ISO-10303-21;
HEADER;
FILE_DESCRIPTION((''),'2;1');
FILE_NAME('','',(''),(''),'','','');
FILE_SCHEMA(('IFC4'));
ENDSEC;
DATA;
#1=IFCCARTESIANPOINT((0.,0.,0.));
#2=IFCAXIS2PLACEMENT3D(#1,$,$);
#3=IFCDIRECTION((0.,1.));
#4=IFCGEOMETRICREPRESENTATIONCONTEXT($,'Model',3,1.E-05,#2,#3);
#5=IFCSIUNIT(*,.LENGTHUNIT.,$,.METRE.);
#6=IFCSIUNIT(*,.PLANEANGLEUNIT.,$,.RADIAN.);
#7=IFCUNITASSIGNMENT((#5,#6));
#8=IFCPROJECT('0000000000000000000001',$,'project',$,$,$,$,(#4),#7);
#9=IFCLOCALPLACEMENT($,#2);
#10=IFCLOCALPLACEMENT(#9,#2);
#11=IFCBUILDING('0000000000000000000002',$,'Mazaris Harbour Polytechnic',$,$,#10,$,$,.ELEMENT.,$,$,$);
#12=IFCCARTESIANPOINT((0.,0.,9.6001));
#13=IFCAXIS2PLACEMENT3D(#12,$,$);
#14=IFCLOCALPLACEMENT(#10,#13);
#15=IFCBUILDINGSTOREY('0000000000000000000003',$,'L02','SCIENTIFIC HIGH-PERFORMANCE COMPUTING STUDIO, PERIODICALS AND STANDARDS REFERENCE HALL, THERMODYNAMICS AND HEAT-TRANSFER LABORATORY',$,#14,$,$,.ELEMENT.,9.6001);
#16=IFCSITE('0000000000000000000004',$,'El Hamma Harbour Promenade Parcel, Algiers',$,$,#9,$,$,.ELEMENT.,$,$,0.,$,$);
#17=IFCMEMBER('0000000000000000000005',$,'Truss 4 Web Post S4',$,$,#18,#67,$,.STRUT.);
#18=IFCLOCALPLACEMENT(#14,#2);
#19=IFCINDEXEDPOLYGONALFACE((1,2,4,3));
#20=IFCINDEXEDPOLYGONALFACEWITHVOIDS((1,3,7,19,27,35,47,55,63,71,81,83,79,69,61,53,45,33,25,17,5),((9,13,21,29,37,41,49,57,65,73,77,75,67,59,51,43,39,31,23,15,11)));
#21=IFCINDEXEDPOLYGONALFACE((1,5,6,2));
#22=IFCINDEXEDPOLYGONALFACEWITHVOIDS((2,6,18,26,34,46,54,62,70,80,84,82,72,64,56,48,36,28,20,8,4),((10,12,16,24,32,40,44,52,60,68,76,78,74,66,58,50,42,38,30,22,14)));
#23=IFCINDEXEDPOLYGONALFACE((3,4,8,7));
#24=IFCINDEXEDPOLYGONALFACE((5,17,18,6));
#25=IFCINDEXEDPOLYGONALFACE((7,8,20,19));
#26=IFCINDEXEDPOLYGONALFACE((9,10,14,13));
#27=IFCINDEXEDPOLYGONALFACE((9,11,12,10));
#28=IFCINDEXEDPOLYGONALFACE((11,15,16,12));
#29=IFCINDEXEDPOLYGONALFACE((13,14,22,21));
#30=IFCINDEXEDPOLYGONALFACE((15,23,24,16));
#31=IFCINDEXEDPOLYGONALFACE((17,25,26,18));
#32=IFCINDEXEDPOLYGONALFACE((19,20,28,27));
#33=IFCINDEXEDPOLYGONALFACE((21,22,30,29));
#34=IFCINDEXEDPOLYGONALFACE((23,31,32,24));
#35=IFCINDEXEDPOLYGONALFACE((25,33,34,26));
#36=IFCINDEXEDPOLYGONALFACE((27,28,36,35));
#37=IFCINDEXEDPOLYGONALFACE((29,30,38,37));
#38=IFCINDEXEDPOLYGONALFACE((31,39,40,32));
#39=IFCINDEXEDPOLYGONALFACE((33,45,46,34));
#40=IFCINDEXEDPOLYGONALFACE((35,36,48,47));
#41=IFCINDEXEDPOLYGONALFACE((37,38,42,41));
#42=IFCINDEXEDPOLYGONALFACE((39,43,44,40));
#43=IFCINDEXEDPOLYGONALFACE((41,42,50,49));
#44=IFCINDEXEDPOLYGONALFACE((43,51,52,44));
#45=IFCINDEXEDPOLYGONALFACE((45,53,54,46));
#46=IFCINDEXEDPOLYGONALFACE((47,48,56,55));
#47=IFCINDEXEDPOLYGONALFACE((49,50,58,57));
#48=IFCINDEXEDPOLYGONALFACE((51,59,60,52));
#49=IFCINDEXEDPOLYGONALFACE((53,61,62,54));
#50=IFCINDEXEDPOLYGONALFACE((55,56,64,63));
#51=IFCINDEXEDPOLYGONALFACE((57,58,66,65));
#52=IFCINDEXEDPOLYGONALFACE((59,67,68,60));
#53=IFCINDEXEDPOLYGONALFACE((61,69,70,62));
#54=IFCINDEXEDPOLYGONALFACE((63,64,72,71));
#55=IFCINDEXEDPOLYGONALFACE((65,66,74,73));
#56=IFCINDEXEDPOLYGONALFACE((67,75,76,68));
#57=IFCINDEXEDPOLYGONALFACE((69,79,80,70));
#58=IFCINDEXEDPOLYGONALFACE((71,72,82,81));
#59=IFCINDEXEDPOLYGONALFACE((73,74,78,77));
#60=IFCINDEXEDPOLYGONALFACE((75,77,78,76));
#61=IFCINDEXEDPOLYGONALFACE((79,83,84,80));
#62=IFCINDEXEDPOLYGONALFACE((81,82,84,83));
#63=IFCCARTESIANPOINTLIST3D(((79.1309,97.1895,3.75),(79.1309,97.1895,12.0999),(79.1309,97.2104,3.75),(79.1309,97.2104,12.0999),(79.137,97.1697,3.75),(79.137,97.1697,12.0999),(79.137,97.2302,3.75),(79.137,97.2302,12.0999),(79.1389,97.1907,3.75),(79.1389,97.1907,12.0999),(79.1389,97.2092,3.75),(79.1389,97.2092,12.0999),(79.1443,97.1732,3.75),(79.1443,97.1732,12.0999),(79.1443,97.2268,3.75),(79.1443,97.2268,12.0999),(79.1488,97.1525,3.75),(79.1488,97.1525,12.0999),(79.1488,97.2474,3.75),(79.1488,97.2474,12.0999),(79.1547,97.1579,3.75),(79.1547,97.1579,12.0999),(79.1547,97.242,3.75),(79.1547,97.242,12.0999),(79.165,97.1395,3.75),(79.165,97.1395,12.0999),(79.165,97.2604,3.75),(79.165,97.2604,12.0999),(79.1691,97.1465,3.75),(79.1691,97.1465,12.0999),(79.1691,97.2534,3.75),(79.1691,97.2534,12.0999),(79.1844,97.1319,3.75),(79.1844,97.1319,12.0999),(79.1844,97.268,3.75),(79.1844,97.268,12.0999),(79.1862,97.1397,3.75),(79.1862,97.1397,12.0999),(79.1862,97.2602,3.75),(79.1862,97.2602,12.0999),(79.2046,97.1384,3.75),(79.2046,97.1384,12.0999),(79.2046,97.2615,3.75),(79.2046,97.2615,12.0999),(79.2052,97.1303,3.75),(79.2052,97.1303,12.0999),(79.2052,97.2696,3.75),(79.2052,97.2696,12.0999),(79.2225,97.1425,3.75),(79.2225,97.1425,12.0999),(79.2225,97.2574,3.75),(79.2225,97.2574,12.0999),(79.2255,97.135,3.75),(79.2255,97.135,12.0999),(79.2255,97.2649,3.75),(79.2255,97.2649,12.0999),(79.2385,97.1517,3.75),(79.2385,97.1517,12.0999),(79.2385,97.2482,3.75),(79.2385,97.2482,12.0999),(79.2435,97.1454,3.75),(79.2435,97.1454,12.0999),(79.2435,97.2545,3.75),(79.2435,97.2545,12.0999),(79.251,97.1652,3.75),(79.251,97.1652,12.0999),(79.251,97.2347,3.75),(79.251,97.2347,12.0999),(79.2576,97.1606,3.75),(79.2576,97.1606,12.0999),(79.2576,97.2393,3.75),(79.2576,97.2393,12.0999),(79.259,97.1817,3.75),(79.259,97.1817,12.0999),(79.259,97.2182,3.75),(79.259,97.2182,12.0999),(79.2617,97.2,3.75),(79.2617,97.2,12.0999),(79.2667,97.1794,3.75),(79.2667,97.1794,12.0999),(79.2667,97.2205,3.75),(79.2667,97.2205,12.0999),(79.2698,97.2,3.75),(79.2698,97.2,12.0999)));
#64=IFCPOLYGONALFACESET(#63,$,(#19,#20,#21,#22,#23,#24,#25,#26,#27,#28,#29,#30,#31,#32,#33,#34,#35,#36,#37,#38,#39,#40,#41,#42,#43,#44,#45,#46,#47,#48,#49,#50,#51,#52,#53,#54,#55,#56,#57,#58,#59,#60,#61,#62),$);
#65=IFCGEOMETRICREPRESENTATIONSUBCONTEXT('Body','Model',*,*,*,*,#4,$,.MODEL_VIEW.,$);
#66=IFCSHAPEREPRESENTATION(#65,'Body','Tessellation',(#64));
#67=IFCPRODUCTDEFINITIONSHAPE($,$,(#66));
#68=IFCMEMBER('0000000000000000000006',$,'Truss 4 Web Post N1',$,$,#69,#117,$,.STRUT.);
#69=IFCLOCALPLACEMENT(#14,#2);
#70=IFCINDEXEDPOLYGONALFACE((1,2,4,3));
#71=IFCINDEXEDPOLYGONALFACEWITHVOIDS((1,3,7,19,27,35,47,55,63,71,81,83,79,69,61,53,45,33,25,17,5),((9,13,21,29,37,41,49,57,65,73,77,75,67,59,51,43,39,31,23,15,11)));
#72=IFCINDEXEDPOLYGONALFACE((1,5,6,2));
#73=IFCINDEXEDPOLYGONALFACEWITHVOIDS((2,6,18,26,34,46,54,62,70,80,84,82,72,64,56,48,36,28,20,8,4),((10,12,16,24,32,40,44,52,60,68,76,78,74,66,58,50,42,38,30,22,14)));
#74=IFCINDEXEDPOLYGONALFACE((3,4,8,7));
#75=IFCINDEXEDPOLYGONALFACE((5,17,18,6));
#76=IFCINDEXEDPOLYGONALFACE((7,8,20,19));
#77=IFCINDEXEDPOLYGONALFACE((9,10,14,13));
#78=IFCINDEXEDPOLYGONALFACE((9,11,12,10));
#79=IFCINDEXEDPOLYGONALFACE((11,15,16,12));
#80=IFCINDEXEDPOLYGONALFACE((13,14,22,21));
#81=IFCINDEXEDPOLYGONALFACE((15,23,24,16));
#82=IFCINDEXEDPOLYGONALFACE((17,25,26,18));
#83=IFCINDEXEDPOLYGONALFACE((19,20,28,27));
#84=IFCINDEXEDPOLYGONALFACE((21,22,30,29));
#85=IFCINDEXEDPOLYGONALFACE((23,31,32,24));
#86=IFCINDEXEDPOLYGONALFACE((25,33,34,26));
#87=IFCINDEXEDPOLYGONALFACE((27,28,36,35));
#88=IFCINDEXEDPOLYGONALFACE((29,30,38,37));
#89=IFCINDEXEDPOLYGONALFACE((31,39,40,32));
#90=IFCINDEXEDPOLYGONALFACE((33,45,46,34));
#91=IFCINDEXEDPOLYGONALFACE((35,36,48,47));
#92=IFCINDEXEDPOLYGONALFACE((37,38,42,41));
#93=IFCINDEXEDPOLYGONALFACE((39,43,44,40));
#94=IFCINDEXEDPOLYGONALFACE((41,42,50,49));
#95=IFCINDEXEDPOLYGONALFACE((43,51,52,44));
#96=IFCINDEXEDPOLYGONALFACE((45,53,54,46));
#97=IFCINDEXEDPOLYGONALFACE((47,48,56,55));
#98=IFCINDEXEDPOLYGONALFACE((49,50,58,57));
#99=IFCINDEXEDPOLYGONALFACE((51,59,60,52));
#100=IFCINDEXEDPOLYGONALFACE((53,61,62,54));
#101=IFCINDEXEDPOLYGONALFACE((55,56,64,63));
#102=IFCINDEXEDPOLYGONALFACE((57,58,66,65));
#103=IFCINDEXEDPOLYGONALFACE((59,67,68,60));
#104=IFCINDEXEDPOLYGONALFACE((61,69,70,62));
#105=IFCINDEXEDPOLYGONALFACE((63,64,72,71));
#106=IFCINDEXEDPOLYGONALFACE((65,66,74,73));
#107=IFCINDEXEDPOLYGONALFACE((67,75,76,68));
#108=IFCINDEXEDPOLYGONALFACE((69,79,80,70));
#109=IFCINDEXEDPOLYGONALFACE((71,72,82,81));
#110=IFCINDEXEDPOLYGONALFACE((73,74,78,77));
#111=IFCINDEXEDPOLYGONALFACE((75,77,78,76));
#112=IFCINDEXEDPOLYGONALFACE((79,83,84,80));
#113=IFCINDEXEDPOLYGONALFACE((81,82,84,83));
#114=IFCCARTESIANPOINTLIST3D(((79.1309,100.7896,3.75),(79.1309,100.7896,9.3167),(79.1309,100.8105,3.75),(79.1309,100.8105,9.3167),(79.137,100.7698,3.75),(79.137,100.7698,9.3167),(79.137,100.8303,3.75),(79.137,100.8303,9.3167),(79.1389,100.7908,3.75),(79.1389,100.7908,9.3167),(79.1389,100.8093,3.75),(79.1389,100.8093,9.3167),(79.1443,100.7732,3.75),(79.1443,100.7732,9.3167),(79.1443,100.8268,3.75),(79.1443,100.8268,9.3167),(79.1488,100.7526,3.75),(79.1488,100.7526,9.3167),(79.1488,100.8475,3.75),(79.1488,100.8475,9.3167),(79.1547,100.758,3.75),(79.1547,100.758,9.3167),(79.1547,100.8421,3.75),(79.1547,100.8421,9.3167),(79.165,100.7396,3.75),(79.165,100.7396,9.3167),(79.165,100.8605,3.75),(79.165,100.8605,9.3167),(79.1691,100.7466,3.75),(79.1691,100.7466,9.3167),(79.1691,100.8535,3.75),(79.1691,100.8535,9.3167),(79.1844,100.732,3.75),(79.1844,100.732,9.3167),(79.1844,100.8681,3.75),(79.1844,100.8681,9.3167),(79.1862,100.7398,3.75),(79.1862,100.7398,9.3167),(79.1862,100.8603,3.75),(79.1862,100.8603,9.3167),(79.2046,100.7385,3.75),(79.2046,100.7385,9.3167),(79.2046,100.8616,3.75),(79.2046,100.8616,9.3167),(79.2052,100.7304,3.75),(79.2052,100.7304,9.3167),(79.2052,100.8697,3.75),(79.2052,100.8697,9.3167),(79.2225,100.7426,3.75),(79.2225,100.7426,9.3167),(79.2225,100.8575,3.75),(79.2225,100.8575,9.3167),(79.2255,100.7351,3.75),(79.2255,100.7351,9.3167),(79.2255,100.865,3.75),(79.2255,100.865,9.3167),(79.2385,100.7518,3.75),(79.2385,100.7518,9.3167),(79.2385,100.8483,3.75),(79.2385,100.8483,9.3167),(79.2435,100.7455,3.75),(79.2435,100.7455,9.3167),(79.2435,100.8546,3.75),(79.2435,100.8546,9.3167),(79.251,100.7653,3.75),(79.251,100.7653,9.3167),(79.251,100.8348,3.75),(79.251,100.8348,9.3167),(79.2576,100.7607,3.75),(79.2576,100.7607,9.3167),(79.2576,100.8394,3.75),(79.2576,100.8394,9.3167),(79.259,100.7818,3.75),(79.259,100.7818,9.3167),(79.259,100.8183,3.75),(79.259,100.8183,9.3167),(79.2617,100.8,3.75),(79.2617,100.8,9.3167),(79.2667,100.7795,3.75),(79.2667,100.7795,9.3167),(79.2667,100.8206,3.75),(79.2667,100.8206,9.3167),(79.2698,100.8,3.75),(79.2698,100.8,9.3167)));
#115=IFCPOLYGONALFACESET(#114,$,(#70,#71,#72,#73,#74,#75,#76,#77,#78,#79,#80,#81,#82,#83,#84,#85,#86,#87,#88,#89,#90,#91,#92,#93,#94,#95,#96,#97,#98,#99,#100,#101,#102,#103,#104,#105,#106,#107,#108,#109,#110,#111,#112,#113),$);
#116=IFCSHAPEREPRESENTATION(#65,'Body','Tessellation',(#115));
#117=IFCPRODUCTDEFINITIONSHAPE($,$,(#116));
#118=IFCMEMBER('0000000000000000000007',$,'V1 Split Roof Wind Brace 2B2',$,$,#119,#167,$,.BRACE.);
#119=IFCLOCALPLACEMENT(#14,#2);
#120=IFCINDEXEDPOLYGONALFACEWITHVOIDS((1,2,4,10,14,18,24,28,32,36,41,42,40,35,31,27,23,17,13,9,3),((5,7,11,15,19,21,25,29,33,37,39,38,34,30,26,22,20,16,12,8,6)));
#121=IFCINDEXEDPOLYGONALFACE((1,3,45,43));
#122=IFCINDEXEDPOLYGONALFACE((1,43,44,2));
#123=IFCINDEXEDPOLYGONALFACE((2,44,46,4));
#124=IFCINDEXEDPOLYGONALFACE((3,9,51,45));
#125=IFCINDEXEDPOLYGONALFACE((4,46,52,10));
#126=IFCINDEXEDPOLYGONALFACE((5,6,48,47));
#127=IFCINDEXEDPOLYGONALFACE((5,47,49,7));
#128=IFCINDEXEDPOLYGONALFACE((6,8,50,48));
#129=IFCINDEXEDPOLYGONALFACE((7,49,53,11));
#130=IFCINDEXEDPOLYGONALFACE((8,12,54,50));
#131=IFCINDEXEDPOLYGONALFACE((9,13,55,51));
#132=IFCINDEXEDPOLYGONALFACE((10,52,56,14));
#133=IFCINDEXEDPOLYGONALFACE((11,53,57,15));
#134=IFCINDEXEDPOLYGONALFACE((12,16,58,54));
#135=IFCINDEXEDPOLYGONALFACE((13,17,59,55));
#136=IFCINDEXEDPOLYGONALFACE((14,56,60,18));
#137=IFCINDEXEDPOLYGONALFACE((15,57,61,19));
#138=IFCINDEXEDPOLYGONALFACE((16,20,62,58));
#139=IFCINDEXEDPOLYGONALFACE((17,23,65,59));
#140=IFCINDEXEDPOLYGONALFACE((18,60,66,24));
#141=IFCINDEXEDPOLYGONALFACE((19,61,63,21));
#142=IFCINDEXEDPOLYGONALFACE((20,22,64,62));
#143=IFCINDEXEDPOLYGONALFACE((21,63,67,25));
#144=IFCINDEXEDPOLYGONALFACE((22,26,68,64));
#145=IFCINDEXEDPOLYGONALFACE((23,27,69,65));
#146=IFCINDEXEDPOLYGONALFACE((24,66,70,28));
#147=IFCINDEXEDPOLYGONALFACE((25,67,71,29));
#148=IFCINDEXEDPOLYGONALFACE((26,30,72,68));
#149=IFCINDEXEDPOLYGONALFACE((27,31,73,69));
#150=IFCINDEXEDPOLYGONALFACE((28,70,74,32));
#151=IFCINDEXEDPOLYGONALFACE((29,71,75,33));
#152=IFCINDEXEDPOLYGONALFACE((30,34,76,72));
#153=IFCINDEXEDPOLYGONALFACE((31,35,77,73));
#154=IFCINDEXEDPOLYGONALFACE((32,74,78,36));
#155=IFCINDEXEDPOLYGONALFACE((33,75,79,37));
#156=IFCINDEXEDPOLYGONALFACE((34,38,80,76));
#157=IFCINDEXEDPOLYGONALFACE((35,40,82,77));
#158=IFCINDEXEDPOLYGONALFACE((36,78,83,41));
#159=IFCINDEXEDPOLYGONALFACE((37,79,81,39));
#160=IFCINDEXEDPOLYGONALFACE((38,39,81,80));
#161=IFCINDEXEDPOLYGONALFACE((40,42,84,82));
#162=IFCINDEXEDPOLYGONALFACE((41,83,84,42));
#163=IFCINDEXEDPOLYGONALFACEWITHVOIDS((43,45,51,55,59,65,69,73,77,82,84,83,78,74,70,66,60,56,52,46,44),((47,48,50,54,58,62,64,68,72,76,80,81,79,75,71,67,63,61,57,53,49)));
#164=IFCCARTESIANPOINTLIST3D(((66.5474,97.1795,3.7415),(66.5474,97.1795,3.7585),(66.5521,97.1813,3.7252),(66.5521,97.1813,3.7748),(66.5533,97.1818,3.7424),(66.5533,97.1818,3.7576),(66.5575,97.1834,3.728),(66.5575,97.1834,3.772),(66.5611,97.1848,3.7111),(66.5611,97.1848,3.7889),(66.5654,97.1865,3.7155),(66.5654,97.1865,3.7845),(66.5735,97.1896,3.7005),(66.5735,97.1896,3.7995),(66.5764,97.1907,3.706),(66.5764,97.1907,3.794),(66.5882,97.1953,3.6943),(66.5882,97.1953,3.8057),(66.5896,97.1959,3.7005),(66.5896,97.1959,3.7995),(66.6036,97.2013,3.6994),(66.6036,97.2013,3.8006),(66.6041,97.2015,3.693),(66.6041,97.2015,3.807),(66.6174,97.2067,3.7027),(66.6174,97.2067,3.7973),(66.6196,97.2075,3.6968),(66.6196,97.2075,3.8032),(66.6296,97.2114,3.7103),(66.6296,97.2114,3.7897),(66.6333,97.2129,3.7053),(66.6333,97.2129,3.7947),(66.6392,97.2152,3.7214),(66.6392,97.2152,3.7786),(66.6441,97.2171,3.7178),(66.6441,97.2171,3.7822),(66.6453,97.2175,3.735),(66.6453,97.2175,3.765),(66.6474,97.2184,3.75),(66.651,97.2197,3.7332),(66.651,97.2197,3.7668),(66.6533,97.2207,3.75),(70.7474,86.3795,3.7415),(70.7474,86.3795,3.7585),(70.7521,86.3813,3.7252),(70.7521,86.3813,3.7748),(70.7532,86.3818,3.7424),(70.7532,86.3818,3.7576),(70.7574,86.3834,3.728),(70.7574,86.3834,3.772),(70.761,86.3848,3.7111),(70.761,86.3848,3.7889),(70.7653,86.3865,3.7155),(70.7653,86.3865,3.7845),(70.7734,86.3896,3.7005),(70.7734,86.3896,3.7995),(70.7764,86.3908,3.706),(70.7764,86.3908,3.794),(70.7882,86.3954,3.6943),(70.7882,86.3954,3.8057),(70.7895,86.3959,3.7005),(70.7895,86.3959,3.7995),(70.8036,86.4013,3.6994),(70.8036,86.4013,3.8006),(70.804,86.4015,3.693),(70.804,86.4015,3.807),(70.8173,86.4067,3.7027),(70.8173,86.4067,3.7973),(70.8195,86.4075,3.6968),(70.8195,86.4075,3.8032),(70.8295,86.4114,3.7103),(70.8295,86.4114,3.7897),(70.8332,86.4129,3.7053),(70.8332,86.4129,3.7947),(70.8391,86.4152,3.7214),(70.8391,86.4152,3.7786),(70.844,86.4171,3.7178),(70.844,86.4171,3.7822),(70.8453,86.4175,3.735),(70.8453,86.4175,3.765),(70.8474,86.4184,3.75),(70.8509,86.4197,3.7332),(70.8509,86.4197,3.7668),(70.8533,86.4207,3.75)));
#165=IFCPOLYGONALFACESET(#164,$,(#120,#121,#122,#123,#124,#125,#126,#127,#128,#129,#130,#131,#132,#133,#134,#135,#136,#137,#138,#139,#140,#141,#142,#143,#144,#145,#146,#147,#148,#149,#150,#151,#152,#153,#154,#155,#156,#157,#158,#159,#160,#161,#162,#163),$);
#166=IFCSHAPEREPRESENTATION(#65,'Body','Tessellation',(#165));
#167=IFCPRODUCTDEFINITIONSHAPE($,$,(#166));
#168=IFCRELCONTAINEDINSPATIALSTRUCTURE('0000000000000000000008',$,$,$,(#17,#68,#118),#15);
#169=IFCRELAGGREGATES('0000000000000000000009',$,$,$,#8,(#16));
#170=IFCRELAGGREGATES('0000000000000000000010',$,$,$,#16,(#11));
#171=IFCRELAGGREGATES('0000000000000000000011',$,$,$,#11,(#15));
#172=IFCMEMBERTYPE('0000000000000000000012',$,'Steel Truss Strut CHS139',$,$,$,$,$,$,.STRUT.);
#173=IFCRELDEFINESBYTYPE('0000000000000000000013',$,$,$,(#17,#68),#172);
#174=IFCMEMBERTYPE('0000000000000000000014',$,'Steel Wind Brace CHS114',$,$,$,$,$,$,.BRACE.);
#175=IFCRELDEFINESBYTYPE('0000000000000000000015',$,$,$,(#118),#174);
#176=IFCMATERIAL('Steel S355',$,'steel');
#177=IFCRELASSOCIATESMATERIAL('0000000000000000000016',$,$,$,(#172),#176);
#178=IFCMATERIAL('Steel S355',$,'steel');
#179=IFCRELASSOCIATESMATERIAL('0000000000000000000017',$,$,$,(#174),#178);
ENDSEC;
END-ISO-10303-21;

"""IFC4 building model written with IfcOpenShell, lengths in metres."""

from ifc_helpers import new_model, si_unit, direction, frame, origin, origin_2d, place, context, subcontext, project, spatial, hollow_circle, extrude, material, material_profile, profile_set, type_object, element, save


model = new_model("IFC4")

# Units and contexts
model_context = context("Model", 3, precision=1e-05, world=origin(), true_north=direction((0.0, 1.0)))
body_context = subcontext(model_context, "Body", "Model", "MODEL_VIEW")
ifc_project = project(units=[si_unit("LENGTHUNIT", "METRE"), si_unit("PLANEANGLEUNIT", "RADIAN")], contexts=[model_context])

# Site, building, storey
site_placement = place(None, origin())
site = spatial("IfcSite", under=ifc_project, at=site_placement, Name="El Hamma Harbour Promenade Parcel, Algiers", CompositionType="ELEMENT", RefElevation=0.0)
building_placement = place(site_placement, origin())
building = spatial("IfcBuilding", under=site, at=building_placement, Name="Mazaris Harbour Polytechnic", CompositionType="ELEMENT")
storey_placement = place(building_placement, frame((0.0, 0.0, 9.6001)))
storey = spatial("IfcBuildingStorey", under=building, at=storey_placement, Name="L02", Description="SCIENTIFIC HIGH-PERFORMANCE COMPUTING STUDIO, PERIODICALS AND STANDARDS REFERENCE HALL, THERMODYNAMICS AND HEAT-TRANSFER LABORATORY", CompositionType="ELEMENT", Elevation=9.6001)

# Members
ifc_material_1 = material(Name="Steel S355", Category="steel")
ifc_material_profile_1 = material_profile(ifc_material_1, hollow_circle(Radius=0.0698, WallThickness=0.0081, at=origin_2d()), Name="CHS 139.7x8.0")
ifc_profile_set_1 = profile_set([ifc_material_profile_1], Name="Steel S355")
member_type_1 = type_object("IfcMemberType", Name="Steel Truss Strut CHS139", PredefinedType="STRUT", material=ifc_profile_set_1)
member_1_placement = place(storey_placement, frame((79.2, 97.2, 3.75), z_axis=(0.0, 0.0, 1.0), x_axis=(1.0, 0.0, 0.0)))
element("IfcMember", 1, at=member_1_placement, inside=storey, type_object=member_type_1, Name="Truss 4 Web Post S4", PredefinedType="STRUT", context=body_context, shape_type="SweptSolid", body=[
    extrude(hollow_circle(Radius=0.0698, WallThickness=0.0081, at=origin_2d()), origin(), (0.0, 0.0, 1.0), 8.3499),
])
member_2_placement = place(storey_placement, frame((79.2, 100.8, 3.75), z_axis=(0.0, 0.0, 1.0), x_axis=(1.0, 0.0, 0.0)))
element("IfcMember", 2, at=member_2_placement, inside=storey, type_object=member_type_1, Name="Truss 4 Web Post N1", PredefinedType="STRUT", context=body_context, shape_type="SweptSolid", body=[
    extrude(hollow_circle(Radius=0.0698, WallThickness=0.0081, at=origin_2d()), origin(), (0.0, 0.0, 1.0), 5.5667),
])
ifc_material_2 = material(Name="Steel S355", Category="steel")
ifc_material_profile_2 = material_profile(ifc_material_2, hollow_circle(Radius=0.0571, WallThickness=0.0063, at=origin_2d()), Name="CHS 114.3x6.3")
ifc_profile_set_2 = profile_set([ifc_material_profile_2], Name="Steel S355")
member_type_2 = type_object("IfcMemberType", Name="Steel Wind Brace CHS114", PredefinedType="BRACE", material=ifc_profile_set_2)
for number, where, z_axis, x_axis, name in (
    (3, (66.6001, 97.2, 3.75), (0.362441, -0.932007, 0.0), (0.932007, 0.362441, 0.0), "V1 Split Roof Wind Brace 2B2"),
):
    element("IfcMember", number, at=place(storey_placement, frame(where, z_axis=z_axis, x_axis=x_axis)), inside=storey, type_object=member_type_2, Name=name, PredefinedType="BRACE", context=body_context, shape_type="SweptSolid", body=[
        extrude(hollow_circle(Radius=0.0571, WallThickness=0.0063, at=origin_2d()), origin(), (0.0, 0.0, 1.0), 11.5879),
    ])

save(model, "model.ifc")
